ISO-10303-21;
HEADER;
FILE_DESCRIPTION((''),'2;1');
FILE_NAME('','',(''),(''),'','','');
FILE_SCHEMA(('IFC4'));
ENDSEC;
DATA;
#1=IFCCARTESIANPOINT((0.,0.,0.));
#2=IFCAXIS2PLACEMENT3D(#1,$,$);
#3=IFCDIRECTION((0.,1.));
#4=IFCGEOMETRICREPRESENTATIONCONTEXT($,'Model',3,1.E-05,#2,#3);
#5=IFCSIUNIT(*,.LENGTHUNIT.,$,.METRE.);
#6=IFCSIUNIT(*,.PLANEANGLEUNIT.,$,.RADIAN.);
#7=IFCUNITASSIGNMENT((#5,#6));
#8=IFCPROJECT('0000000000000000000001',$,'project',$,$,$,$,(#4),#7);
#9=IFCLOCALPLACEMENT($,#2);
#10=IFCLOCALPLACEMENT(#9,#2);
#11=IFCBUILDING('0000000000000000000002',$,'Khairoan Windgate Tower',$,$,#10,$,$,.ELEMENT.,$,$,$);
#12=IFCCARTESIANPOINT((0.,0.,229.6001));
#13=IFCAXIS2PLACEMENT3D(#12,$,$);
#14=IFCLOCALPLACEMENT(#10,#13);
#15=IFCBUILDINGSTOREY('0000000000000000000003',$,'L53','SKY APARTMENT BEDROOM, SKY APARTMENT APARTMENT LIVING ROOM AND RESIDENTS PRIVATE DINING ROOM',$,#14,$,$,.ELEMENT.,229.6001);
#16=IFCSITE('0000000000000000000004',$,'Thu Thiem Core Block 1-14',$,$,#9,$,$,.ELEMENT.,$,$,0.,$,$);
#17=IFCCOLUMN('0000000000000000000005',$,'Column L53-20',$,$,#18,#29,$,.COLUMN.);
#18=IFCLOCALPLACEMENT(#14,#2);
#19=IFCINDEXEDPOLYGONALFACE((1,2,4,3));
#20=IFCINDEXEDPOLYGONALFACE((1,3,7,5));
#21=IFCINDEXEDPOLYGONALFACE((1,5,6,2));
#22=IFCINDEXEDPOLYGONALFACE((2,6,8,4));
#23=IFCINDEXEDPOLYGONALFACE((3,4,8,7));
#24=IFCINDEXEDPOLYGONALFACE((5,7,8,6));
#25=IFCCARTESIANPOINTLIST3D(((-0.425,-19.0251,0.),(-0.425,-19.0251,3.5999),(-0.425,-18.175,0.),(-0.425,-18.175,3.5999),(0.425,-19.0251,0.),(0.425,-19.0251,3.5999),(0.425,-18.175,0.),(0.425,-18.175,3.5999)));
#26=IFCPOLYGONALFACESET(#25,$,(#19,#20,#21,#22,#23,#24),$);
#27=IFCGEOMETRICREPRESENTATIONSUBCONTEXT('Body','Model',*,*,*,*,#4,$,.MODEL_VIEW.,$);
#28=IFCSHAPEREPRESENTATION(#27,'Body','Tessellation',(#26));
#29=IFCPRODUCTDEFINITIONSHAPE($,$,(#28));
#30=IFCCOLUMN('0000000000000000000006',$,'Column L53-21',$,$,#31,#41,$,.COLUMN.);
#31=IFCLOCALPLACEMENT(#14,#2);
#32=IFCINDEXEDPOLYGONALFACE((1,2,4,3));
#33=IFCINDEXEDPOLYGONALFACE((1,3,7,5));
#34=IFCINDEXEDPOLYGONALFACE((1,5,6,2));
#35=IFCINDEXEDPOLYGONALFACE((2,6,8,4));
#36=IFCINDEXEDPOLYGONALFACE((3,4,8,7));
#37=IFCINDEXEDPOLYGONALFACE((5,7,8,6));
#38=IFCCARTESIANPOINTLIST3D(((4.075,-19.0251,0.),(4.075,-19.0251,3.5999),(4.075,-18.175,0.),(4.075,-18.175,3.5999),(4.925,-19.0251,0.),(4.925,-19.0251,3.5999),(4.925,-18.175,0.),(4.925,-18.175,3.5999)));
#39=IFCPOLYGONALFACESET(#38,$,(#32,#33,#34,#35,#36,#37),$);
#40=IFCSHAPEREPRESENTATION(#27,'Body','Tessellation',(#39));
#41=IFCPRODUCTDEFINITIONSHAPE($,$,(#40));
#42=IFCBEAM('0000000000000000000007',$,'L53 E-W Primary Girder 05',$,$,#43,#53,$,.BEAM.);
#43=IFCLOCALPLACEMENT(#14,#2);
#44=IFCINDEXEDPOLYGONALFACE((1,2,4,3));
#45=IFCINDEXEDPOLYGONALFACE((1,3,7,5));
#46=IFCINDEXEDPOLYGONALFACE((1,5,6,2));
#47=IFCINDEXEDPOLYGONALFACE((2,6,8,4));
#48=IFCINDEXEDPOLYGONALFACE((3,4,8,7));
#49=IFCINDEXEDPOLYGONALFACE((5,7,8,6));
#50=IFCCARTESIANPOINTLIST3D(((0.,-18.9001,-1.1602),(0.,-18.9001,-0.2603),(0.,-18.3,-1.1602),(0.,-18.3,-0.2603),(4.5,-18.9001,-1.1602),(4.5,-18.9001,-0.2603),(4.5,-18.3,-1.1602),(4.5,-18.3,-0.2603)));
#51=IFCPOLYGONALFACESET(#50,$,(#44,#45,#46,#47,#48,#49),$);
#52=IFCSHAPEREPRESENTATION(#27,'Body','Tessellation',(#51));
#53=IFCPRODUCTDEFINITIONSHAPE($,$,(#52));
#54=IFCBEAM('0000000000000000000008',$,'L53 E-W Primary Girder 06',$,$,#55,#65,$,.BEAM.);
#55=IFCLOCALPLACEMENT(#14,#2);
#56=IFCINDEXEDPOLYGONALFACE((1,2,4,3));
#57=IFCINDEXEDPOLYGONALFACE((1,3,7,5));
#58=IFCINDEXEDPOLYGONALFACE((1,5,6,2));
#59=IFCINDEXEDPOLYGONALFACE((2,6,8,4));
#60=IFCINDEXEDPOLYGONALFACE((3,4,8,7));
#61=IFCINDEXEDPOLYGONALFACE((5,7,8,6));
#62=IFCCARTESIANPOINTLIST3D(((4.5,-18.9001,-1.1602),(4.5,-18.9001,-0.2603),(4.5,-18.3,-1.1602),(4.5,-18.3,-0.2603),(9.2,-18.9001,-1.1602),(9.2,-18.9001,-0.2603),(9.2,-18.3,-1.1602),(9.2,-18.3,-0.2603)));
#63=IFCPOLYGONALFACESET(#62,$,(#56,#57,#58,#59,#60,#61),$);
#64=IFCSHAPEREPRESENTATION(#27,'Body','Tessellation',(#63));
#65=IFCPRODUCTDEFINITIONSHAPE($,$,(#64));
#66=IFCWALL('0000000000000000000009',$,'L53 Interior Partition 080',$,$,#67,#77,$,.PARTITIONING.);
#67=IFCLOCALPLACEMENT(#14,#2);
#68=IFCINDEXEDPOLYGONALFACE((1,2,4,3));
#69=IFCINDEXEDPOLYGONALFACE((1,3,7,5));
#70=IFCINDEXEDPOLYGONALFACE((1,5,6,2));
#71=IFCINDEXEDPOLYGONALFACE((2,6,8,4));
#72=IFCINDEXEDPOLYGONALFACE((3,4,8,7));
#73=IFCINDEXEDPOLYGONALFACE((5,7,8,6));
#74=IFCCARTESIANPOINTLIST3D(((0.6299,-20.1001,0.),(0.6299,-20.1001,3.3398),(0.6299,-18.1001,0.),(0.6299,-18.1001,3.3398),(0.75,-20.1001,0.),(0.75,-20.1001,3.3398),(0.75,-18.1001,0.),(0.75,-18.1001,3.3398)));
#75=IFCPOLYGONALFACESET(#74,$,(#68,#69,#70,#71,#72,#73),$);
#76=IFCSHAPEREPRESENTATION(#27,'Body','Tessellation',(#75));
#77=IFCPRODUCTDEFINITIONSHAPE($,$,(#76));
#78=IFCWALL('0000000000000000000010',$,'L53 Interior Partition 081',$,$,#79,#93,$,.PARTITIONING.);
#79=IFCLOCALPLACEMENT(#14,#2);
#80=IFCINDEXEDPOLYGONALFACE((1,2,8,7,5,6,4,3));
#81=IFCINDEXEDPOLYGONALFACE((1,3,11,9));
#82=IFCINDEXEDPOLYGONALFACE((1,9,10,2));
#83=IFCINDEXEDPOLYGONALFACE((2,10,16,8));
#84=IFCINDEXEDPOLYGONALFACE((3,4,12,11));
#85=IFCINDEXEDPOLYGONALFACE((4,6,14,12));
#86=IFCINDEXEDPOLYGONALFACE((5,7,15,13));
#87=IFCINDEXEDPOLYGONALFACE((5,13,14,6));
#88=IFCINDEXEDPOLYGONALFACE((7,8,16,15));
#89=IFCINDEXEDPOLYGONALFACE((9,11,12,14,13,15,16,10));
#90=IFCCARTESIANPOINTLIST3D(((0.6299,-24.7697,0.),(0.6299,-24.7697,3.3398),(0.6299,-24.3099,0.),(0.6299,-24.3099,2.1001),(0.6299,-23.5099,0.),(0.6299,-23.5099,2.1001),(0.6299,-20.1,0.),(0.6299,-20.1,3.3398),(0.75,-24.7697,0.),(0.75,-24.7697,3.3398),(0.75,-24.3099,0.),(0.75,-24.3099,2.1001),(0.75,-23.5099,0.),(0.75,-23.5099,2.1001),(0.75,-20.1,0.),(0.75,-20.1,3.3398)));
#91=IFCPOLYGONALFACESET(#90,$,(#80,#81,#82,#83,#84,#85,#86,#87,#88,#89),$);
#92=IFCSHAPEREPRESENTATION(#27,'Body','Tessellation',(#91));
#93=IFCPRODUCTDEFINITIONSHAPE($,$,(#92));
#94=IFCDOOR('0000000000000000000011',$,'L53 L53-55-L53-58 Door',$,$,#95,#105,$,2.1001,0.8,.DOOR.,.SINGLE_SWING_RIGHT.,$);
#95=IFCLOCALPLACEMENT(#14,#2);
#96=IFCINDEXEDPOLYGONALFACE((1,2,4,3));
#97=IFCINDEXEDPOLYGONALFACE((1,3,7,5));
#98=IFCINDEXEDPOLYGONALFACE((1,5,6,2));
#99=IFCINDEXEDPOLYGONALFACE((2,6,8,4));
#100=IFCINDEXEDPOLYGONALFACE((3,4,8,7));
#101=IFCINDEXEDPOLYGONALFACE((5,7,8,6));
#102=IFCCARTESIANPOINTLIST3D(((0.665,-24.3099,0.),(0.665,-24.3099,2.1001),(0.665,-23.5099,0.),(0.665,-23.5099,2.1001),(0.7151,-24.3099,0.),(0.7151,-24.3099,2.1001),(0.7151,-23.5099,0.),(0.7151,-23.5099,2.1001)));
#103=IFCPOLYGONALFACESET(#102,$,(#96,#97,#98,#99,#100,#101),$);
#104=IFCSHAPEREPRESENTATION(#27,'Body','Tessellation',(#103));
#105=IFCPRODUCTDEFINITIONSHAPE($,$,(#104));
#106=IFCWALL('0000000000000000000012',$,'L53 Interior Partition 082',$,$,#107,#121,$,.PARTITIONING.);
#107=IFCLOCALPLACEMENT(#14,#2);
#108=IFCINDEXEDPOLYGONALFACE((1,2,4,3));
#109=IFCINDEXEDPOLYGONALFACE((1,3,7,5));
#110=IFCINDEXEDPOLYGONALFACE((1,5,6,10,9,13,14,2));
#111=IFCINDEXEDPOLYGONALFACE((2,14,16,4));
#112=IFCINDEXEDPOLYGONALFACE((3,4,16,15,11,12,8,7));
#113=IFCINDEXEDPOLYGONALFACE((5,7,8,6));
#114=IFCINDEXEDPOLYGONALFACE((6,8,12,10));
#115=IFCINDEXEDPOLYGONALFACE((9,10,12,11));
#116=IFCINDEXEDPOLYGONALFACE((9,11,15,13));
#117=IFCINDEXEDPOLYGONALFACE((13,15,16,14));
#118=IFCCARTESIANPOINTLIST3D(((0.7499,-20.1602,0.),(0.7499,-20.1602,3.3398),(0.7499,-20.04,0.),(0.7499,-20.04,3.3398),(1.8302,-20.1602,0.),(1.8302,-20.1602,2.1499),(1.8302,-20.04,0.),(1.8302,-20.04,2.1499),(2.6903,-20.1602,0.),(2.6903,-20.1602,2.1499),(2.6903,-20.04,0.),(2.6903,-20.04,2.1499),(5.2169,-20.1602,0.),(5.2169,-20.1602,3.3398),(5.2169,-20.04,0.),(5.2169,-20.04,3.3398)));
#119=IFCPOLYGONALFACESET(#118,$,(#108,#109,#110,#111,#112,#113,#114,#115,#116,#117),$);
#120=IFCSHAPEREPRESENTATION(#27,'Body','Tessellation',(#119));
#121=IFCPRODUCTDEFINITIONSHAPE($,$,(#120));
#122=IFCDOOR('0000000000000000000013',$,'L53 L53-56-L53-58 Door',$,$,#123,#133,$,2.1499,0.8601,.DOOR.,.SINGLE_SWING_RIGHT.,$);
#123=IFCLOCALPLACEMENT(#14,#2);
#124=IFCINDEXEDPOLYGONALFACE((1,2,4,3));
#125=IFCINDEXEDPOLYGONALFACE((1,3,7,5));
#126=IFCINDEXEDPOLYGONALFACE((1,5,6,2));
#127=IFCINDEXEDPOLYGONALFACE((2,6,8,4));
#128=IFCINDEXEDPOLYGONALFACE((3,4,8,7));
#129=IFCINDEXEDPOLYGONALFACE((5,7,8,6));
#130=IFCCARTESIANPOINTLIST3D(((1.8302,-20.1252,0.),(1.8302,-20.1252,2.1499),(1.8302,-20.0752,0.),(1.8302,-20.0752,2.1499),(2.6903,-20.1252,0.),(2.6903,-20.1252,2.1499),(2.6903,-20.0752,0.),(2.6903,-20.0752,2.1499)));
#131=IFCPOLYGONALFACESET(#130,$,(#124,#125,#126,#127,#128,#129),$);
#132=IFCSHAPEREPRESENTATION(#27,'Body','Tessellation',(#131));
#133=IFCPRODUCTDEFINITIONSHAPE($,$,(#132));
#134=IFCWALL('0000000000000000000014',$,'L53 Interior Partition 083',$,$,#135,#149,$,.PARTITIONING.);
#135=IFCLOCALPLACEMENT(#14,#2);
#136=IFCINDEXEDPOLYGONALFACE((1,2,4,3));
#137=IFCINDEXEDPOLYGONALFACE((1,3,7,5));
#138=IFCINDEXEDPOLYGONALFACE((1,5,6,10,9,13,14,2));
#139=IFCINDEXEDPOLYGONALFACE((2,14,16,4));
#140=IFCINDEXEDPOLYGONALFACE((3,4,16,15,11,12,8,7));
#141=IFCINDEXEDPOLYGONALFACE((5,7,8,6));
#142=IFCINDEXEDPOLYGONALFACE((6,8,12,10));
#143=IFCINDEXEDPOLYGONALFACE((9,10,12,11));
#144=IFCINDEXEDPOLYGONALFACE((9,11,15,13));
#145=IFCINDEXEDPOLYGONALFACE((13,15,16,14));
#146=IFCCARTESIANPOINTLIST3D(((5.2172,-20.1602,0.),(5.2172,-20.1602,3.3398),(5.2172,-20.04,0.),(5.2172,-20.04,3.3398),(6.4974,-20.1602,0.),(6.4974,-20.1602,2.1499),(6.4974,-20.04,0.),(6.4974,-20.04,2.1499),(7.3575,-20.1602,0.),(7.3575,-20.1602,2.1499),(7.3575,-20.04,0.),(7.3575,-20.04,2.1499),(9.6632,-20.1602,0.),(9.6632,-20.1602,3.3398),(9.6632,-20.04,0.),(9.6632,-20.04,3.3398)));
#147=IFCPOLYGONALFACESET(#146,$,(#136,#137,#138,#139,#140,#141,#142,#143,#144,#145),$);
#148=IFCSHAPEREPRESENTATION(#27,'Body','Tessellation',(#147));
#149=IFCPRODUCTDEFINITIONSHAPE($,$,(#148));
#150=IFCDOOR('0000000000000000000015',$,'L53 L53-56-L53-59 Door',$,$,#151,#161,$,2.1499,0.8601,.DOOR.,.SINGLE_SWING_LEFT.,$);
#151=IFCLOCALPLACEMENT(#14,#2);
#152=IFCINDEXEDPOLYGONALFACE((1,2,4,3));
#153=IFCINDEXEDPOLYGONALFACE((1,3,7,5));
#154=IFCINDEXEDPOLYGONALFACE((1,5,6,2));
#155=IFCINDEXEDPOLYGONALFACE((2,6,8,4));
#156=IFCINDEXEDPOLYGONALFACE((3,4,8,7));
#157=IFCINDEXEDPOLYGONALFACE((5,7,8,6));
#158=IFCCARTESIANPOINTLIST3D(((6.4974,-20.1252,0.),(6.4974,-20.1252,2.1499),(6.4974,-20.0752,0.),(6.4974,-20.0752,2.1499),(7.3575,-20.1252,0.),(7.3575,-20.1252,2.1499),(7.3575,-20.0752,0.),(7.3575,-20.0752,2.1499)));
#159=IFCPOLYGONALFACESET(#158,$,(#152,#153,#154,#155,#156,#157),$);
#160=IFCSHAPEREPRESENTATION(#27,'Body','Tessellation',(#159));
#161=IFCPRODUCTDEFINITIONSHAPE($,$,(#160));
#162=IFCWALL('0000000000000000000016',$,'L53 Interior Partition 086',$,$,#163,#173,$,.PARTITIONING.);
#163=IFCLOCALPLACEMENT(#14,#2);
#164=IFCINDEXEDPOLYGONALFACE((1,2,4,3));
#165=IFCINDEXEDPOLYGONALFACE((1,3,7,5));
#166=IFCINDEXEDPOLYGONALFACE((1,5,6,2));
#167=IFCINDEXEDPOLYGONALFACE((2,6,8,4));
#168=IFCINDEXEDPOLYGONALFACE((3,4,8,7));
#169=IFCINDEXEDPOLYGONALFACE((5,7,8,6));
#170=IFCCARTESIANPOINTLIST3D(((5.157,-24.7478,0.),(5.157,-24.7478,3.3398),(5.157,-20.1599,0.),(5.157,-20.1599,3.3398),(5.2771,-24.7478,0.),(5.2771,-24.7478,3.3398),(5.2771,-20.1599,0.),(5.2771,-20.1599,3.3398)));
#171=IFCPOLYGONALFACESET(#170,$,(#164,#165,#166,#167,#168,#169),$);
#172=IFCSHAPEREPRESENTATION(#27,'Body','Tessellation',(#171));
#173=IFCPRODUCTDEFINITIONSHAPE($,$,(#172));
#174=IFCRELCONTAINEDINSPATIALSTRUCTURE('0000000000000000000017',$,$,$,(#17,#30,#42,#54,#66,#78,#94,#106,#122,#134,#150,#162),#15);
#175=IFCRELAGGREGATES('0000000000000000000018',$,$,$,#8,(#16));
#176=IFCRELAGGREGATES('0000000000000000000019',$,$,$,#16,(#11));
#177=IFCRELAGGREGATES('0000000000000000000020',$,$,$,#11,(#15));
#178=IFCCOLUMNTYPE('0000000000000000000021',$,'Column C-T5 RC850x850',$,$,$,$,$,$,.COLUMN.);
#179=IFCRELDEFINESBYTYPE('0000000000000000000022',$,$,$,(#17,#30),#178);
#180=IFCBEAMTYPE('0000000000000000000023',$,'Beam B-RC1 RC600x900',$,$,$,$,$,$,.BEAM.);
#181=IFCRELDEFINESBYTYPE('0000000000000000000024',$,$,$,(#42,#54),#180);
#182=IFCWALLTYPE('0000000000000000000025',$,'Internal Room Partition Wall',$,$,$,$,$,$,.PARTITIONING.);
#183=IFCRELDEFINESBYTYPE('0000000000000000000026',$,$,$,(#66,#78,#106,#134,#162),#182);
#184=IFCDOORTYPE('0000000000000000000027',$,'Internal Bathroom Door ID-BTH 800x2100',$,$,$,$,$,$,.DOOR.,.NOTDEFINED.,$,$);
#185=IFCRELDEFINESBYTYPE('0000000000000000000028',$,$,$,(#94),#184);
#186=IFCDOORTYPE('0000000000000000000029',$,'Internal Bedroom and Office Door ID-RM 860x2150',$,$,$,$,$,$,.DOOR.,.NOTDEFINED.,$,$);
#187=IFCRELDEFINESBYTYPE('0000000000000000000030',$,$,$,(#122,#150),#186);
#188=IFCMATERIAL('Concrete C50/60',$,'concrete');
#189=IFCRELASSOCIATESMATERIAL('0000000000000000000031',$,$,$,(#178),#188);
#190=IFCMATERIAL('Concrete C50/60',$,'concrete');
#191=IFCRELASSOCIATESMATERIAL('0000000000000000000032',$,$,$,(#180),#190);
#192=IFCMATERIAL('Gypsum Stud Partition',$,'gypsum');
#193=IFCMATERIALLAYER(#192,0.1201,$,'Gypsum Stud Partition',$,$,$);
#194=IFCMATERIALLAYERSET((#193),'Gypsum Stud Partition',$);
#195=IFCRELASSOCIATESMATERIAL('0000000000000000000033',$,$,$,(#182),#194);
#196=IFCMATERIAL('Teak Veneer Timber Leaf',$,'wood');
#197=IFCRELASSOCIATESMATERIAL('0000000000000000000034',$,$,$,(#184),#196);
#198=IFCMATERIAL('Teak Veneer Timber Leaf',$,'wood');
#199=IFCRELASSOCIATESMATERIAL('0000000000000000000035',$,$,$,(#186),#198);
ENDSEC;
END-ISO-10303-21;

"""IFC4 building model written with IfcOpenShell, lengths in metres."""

from ifc_helpers import new_model, si_unit, direction, frame, frame_2d, origin, origin_2d, place, context, subcontext, project, spatial, rectangle, extrude, material, layer, layer_set, material_profile, profile_set, type_object, element, fill, save


model = new_model("IFC4")

# Units and contexts
model_context = context("Model", 3, precision=1e-05, world=origin(), true_north=direction((0.0, 1.0)))
body_context = subcontext(model_context, "Body", "Model", "MODEL_VIEW")
ifc_project = project(units=[si_unit("LENGTHUNIT", "METRE"), si_unit("PLANEANGLEUNIT", "RADIAN")], contexts=[model_context])

# Site, building, storey
site_placement = place(None, origin())
site = spatial("IfcSite", under=ifc_project, at=site_placement, Name="Thu Thiem Core Block 1-14", CompositionType="ELEMENT", RefElevation=0.0)
building_placement = place(site_placement, origin())
building = spatial("IfcBuilding", under=site, at=building_placement, Name="Khairoan Windgate Tower", CompositionType="ELEMENT")
storey_placement = place(building_placement, frame((0.0, 0.0, 229.6001)))
storey = spatial("IfcBuildingStorey", under=building, at=storey_placement, Name="L53", Description="SKY APARTMENT BEDROOM, SKY APARTMENT APARTMENT LIVING ROOM AND RESIDENTS PRIVATE DINING ROOM", CompositionType="ELEMENT", Elevation=229.6001)

# Columns
ifc_material_1 = material(Name="Concrete C50/60", Category="concrete")
ifc_material_profile_1 = material_profile(ifc_material_1, rectangle(XDim=0.8501, YDim=0.8501, at=origin_2d()))
ifc_profile_set_1 = profile_set([ifc_material_profile_1], Name="Concrete C50/60")
column_type = type_object("IfcColumnType", Name="Column C-T5 RC850x850", PredefinedType="COLUMN", material=ifc_profile_set_1)
for number, where, z_axis, x_axis, name in (
    (1, (0.0, -18.6001, 0.0), (0.0, 0.0, 1.0), (1.0, 0.0, 0.0), "Column L53-20"),
    (2, (4.5, -18.6001, 0.0), (0.0, 0.0, 1.0), (1.0, 0.0, 0.0), "Column L53-21"),
):
    element("IfcColumn", number, at=place(storey_placement, frame(where, z_axis=z_axis, x_axis=x_axis)), inside=storey, type_object=column_type, Name=name, PredefinedType="COLUMN", context=body_context, shape_type="SweptSolid", body=[
        extrude(rectangle(XDim=0.8501, YDim=0.8501, at=origin_2d()), origin(), (0.0, 0.0, 1.0), 3.5999),
    ])

# Beams
ifc_material_2 = material(Name="Concrete C50/60", Category="concrete")
ifc_material_profile_2 = material_profile(ifc_material_2, rectangle(XDim=0.6001, YDim=0.8999, at=origin_2d()))
ifc_profile_set_2 = profile_set([ifc_material_profile_2], Name="Concrete C50/60")
beam_type = type_object("IfcBeamType", Name="Beam B-RC1 RC600x900", PredefinedType="BEAM", material=ifc_profile_set_2)
beam_1_placement = place(storey_placement, frame((0.0, -18.6001, -0.7102), z_axis=(1.0, 0.0, 0.0), x_axis=(0.0, 1.0, 0.0)))
element("IfcBeam", 3, at=beam_1_placement, inside=storey, type_object=beam_type, Name="L53 E-W Primary Girder 05", PredefinedType="BEAM", context=body_context, shape_type="SweptSolid", body=[
    extrude(rectangle(XDim=0.6001, YDim=0.8999, at=origin_2d()), origin(), (0.0, 0.0, 1.0), 4.5),
])
beam_2_placement = place(storey_placement, frame((4.5, -18.6001, -0.7102), z_axis=(1.0, 0.0, 0.0), x_axis=(0.0, 1.0, 0.0)))
element("IfcBeam", 4, at=beam_2_placement, inside=storey, type_object=beam_type, Name="L53 E-W Primary Girder 06", PredefinedType="BEAM", context=body_context, shape_type="SweptSolid", body=[
    extrude(rectangle(XDim=0.6001, YDim=0.8999, at=origin_2d()), origin(), (0.0, 0.0, 1.0), 4.7),
])

# Wall
ifc_material_3 = material(Name="Gypsum Stud Partition", Category="gypsum")
ifc_layer = layer(ifc_material_3, 0.1201, Name="Gypsum Stud Partition")
ifc_layer_set = layer_set([ifc_layer], Name="Gypsum Stud Partition")
wall_type = type_object("IfcWallType", Name="Internal Room Partition Wall", PredefinedType="PARTITIONING", material=ifc_layer_set)
wall_1_placement = place(storey_placement, frame((0.6899, -20.1001, 0.0), z_axis=(0.0, 0.0, 1.0), x_axis=(0.0, 1.0, 0.0)))
element("IfcWall", 5, at=wall_1_placement, inside=storey, type_object=wall_type, Name="L53 Interior Partition 080", PredefinedType="PARTITIONING", context=body_context, shape_type="SweptSolid", body=[
    extrude(rectangle(XDim=2.0, YDim=0.1201, at=frame_2d((1.0, 0.0))), origin(), (0.0, 0.0, 1.0), 3.3398),
])

# Walls, openings, doors
wall_2_placement = place(storey_placement, frame((0.6899, -24.7698, 0.0), z_axis=(0.0, 0.0, 1.0), x_axis=(0.0, 1.0, 0.0)))
wall_2 = element("IfcWall", 6, at=wall_2_placement, inside=storey, type_object=wall_type, Name="L53 Interior Partition 081", PredefinedType="PARTITIONING", context=body_context, shape_type="SweptSolid", body=[
    extrude(rectangle(XDim=4.6697, YDim=0.1201, at=frame_2d((2.335, 0.0))), origin(), (0.0, 0.0, 1.0), 3.3398),
])
opening_1_placement = place(wall_2_placement, frame((0.46, 0.0, 0.0)))
opening_1 = element("IfcOpeningElement", 7, at=opening_1_placement, cuts=wall_2, PredefinedType="OPENING", context=body_context, shape_type="SweptSolid", body=[
    extrude(rectangle(XDim=0.8, YDim=2.1001, at=frame_2d((0.3999, 1.05))), frame((0.0, 0.0701, 0.0), z_axis=(0.0, -1.0, 0.0), x_axis=(1.0, 0.0, 0.0)), (0.0, 0.0, 1.0), 0.1401),
])
ifc_material_4 = material(Name="Teak Veneer Timber Leaf", Category="wood")
door_type_1 = type_object("IfcDoorType", Name="Internal Bathroom Door ID-BTH 800x2100", OperationType="NOTDEFINED", PredefinedType="DOOR", material=ifc_material_4)
door_1_placement = place(opening_1_placement, origin())
door_1 = element("IfcDoor", 8, at=door_1_placement, inside=storey, type_object=door_type_1, Name="L53 L53-55-L53-58 Door", OperationType="SINGLE_SWING_RIGHT", OverallHeight=2.1001, OverallWidth=0.8, PredefinedType="DOOR", context=body_context, shape_type="SweptSolid", body=[
    extrude(rectangle(XDim=0.8, YDim=2.1001, at=frame_2d((0.3999, 1.05))), frame((0.0, 0.0249, 0.0), z_axis=(0.0, -1.0, 0.0), x_axis=(1.0, 0.0, 0.0)), (0.0, 0.0, 1.0), 0.05),
])
fill(opening_1, door_1)
wall_3_placement = place(storey_placement, frame((0.75, -20.1001, 0.0), z_axis=(0.0, 0.0, 1.0), x_axis=(1.0, 0.0, 0.0)))
wall_3 = element("IfcWall", 9, at=wall_3_placement, inside=storey, type_object=wall_type, Name="L53 Interior Partition 082", PredefinedType="PARTITIONING", context=body_context, shape_type="SweptSolid", body=[
    extrude(rectangle(XDim=4.467, YDim=0.1201, at=frame_2d((2.2334, 0.0))), origin(), (0.0, 0.0, 1.0), 3.3398),
])
opening_2_placement = place(wall_3_placement, frame((1.0801, 0.0, 0.0)))
opening_2 = element("IfcOpeningElement", 10, at=opening_2_placement, cuts=wall_3, PredefinedType="OPENING", context=body_context, shape_type="SweptSolid", body=[
    extrude(rectangle(XDim=0.8601, YDim=2.1499, at=frame_2d((0.4302, 1.075))), frame((0.0, 0.0701, 0.0), z_axis=(0.0, -1.0, 0.0), x_axis=(1.0, 0.0, 0.0)), (0.0, 0.0, 1.0), 0.1401),
])
ifc_material_5 = material(Name="Teak Veneer Timber Leaf", Category="wood")
door_type_2 = type_object("IfcDoorType", Name="Internal Bedroom and Office Door ID-RM 860x2150", OperationType="NOTDEFINED", PredefinedType="DOOR", material=ifc_material_5)
door_2_placement = place(opening_2_placement, origin())
door_2 = element("IfcDoor", 11, at=door_2_placement, inside=storey, type_object=door_type_2, Name="L53 L53-56-L53-58 Door", OperationType="SINGLE_SWING_RIGHT", OverallHeight=2.1499, OverallWidth=0.8601, PredefinedType="DOOR", context=body_context, shape_type="SweptSolid", body=[
    extrude(rectangle(XDim=0.8601, YDim=2.1499, at=frame_2d((0.4302, 1.075))), frame((0.0, 0.0249, 0.0), z_axis=(0.0, -1.0, 0.0), x_axis=(1.0, 0.0, 0.0)), (0.0, 0.0, 1.0), 0.05),
])
fill(opening_2, door_2)
wall_4_placement = place(storey_placement, frame((5.217, -20.1001, 0.0), z_axis=(0.0, 0.0, 1.0), x_axis=(1.0, 0.0, 0.0)))
wall_4 = element("IfcWall", 12, at=wall_4_placement, inside=storey, type_object=wall_type, Name="L53 Interior Partition 083", PredefinedType="PARTITIONING", context=body_context, shape_type="SweptSolid", body=[
    extrude(rectangle(XDim=4.446, YDim=0.1201, at=frame_2d((2.2231, 0.0))), origin(), (0.0, 0.0, 1.0), 3.3398),
])
opening_3_placement = place(wall_4_placement, frame((1.2803, 0.0, 0.0)))
opening_3 = element("IfcOpeningElement", 13, at=opening_3_placement, cuts=wall_4, PredefinedType="OPENING", context=body_context, shape_type="SweptSolid", body=[
    extrude(rectangle(XDim=0.8601, YDim=2.1499, at=frame_2d((0.4302, 1.075))), frame((0.0, 0.0701, 0.0), z_axis=(0.0, -1.0, 0.0), x_axis=(1.0, 0.0, 0.0)), (0.0, 0.0, 1.0), 0.1401),
])
door_3_placement = place(opening_3_placement, origin())
door_3 = element("IfcDoor", 14, at=door_3_placement, inside=storey, type_object=door_type_2, Name="L53 L53-56-L53-59 Door", OperationType="SINGLE_SWING_LEFT", OverallHeight=2.1499, OverallWidth=0.8601, PredefinedType="DOOR", context=body_context, shape_type="SweptSolid", body=[
    extrude(rectangle(XDim=0.8601, YDim=2.1499, at=frame_2d((0.4302, 1.075))), frame((0.0, 0.0249, 0.0), z_axis=(0.0, -1.0, 0.0), x_axis=(1.0, 0.0, 0.0)), (0.0, 0.0, 1.0), 0.05),
])
fill(opening_3, door_3)

# Wall
wall_5_placement = place(storey_placement, frame((5.217, -24.7478, 0.0), z_axis=(0.0, 0.0, 1.0), x_axis=(0.0, 1.0, 0.0)))
element("IfcWall", 15, at=wall_5_placement, inside=storey, type_object=wall_type, Name="L53 Interior Partition 086", PredefinedType="PARTITIONING", context=body_context, shape_type="SweptSolid", body=[
    extrude(rectangle(XDim=4.5879, YDim=0.1201, at=frame_2d((2.2939, 0.0))), origin(), (0.0, 0.0, 1.0), 3.3398),
])

save(model, "model.ifc")
